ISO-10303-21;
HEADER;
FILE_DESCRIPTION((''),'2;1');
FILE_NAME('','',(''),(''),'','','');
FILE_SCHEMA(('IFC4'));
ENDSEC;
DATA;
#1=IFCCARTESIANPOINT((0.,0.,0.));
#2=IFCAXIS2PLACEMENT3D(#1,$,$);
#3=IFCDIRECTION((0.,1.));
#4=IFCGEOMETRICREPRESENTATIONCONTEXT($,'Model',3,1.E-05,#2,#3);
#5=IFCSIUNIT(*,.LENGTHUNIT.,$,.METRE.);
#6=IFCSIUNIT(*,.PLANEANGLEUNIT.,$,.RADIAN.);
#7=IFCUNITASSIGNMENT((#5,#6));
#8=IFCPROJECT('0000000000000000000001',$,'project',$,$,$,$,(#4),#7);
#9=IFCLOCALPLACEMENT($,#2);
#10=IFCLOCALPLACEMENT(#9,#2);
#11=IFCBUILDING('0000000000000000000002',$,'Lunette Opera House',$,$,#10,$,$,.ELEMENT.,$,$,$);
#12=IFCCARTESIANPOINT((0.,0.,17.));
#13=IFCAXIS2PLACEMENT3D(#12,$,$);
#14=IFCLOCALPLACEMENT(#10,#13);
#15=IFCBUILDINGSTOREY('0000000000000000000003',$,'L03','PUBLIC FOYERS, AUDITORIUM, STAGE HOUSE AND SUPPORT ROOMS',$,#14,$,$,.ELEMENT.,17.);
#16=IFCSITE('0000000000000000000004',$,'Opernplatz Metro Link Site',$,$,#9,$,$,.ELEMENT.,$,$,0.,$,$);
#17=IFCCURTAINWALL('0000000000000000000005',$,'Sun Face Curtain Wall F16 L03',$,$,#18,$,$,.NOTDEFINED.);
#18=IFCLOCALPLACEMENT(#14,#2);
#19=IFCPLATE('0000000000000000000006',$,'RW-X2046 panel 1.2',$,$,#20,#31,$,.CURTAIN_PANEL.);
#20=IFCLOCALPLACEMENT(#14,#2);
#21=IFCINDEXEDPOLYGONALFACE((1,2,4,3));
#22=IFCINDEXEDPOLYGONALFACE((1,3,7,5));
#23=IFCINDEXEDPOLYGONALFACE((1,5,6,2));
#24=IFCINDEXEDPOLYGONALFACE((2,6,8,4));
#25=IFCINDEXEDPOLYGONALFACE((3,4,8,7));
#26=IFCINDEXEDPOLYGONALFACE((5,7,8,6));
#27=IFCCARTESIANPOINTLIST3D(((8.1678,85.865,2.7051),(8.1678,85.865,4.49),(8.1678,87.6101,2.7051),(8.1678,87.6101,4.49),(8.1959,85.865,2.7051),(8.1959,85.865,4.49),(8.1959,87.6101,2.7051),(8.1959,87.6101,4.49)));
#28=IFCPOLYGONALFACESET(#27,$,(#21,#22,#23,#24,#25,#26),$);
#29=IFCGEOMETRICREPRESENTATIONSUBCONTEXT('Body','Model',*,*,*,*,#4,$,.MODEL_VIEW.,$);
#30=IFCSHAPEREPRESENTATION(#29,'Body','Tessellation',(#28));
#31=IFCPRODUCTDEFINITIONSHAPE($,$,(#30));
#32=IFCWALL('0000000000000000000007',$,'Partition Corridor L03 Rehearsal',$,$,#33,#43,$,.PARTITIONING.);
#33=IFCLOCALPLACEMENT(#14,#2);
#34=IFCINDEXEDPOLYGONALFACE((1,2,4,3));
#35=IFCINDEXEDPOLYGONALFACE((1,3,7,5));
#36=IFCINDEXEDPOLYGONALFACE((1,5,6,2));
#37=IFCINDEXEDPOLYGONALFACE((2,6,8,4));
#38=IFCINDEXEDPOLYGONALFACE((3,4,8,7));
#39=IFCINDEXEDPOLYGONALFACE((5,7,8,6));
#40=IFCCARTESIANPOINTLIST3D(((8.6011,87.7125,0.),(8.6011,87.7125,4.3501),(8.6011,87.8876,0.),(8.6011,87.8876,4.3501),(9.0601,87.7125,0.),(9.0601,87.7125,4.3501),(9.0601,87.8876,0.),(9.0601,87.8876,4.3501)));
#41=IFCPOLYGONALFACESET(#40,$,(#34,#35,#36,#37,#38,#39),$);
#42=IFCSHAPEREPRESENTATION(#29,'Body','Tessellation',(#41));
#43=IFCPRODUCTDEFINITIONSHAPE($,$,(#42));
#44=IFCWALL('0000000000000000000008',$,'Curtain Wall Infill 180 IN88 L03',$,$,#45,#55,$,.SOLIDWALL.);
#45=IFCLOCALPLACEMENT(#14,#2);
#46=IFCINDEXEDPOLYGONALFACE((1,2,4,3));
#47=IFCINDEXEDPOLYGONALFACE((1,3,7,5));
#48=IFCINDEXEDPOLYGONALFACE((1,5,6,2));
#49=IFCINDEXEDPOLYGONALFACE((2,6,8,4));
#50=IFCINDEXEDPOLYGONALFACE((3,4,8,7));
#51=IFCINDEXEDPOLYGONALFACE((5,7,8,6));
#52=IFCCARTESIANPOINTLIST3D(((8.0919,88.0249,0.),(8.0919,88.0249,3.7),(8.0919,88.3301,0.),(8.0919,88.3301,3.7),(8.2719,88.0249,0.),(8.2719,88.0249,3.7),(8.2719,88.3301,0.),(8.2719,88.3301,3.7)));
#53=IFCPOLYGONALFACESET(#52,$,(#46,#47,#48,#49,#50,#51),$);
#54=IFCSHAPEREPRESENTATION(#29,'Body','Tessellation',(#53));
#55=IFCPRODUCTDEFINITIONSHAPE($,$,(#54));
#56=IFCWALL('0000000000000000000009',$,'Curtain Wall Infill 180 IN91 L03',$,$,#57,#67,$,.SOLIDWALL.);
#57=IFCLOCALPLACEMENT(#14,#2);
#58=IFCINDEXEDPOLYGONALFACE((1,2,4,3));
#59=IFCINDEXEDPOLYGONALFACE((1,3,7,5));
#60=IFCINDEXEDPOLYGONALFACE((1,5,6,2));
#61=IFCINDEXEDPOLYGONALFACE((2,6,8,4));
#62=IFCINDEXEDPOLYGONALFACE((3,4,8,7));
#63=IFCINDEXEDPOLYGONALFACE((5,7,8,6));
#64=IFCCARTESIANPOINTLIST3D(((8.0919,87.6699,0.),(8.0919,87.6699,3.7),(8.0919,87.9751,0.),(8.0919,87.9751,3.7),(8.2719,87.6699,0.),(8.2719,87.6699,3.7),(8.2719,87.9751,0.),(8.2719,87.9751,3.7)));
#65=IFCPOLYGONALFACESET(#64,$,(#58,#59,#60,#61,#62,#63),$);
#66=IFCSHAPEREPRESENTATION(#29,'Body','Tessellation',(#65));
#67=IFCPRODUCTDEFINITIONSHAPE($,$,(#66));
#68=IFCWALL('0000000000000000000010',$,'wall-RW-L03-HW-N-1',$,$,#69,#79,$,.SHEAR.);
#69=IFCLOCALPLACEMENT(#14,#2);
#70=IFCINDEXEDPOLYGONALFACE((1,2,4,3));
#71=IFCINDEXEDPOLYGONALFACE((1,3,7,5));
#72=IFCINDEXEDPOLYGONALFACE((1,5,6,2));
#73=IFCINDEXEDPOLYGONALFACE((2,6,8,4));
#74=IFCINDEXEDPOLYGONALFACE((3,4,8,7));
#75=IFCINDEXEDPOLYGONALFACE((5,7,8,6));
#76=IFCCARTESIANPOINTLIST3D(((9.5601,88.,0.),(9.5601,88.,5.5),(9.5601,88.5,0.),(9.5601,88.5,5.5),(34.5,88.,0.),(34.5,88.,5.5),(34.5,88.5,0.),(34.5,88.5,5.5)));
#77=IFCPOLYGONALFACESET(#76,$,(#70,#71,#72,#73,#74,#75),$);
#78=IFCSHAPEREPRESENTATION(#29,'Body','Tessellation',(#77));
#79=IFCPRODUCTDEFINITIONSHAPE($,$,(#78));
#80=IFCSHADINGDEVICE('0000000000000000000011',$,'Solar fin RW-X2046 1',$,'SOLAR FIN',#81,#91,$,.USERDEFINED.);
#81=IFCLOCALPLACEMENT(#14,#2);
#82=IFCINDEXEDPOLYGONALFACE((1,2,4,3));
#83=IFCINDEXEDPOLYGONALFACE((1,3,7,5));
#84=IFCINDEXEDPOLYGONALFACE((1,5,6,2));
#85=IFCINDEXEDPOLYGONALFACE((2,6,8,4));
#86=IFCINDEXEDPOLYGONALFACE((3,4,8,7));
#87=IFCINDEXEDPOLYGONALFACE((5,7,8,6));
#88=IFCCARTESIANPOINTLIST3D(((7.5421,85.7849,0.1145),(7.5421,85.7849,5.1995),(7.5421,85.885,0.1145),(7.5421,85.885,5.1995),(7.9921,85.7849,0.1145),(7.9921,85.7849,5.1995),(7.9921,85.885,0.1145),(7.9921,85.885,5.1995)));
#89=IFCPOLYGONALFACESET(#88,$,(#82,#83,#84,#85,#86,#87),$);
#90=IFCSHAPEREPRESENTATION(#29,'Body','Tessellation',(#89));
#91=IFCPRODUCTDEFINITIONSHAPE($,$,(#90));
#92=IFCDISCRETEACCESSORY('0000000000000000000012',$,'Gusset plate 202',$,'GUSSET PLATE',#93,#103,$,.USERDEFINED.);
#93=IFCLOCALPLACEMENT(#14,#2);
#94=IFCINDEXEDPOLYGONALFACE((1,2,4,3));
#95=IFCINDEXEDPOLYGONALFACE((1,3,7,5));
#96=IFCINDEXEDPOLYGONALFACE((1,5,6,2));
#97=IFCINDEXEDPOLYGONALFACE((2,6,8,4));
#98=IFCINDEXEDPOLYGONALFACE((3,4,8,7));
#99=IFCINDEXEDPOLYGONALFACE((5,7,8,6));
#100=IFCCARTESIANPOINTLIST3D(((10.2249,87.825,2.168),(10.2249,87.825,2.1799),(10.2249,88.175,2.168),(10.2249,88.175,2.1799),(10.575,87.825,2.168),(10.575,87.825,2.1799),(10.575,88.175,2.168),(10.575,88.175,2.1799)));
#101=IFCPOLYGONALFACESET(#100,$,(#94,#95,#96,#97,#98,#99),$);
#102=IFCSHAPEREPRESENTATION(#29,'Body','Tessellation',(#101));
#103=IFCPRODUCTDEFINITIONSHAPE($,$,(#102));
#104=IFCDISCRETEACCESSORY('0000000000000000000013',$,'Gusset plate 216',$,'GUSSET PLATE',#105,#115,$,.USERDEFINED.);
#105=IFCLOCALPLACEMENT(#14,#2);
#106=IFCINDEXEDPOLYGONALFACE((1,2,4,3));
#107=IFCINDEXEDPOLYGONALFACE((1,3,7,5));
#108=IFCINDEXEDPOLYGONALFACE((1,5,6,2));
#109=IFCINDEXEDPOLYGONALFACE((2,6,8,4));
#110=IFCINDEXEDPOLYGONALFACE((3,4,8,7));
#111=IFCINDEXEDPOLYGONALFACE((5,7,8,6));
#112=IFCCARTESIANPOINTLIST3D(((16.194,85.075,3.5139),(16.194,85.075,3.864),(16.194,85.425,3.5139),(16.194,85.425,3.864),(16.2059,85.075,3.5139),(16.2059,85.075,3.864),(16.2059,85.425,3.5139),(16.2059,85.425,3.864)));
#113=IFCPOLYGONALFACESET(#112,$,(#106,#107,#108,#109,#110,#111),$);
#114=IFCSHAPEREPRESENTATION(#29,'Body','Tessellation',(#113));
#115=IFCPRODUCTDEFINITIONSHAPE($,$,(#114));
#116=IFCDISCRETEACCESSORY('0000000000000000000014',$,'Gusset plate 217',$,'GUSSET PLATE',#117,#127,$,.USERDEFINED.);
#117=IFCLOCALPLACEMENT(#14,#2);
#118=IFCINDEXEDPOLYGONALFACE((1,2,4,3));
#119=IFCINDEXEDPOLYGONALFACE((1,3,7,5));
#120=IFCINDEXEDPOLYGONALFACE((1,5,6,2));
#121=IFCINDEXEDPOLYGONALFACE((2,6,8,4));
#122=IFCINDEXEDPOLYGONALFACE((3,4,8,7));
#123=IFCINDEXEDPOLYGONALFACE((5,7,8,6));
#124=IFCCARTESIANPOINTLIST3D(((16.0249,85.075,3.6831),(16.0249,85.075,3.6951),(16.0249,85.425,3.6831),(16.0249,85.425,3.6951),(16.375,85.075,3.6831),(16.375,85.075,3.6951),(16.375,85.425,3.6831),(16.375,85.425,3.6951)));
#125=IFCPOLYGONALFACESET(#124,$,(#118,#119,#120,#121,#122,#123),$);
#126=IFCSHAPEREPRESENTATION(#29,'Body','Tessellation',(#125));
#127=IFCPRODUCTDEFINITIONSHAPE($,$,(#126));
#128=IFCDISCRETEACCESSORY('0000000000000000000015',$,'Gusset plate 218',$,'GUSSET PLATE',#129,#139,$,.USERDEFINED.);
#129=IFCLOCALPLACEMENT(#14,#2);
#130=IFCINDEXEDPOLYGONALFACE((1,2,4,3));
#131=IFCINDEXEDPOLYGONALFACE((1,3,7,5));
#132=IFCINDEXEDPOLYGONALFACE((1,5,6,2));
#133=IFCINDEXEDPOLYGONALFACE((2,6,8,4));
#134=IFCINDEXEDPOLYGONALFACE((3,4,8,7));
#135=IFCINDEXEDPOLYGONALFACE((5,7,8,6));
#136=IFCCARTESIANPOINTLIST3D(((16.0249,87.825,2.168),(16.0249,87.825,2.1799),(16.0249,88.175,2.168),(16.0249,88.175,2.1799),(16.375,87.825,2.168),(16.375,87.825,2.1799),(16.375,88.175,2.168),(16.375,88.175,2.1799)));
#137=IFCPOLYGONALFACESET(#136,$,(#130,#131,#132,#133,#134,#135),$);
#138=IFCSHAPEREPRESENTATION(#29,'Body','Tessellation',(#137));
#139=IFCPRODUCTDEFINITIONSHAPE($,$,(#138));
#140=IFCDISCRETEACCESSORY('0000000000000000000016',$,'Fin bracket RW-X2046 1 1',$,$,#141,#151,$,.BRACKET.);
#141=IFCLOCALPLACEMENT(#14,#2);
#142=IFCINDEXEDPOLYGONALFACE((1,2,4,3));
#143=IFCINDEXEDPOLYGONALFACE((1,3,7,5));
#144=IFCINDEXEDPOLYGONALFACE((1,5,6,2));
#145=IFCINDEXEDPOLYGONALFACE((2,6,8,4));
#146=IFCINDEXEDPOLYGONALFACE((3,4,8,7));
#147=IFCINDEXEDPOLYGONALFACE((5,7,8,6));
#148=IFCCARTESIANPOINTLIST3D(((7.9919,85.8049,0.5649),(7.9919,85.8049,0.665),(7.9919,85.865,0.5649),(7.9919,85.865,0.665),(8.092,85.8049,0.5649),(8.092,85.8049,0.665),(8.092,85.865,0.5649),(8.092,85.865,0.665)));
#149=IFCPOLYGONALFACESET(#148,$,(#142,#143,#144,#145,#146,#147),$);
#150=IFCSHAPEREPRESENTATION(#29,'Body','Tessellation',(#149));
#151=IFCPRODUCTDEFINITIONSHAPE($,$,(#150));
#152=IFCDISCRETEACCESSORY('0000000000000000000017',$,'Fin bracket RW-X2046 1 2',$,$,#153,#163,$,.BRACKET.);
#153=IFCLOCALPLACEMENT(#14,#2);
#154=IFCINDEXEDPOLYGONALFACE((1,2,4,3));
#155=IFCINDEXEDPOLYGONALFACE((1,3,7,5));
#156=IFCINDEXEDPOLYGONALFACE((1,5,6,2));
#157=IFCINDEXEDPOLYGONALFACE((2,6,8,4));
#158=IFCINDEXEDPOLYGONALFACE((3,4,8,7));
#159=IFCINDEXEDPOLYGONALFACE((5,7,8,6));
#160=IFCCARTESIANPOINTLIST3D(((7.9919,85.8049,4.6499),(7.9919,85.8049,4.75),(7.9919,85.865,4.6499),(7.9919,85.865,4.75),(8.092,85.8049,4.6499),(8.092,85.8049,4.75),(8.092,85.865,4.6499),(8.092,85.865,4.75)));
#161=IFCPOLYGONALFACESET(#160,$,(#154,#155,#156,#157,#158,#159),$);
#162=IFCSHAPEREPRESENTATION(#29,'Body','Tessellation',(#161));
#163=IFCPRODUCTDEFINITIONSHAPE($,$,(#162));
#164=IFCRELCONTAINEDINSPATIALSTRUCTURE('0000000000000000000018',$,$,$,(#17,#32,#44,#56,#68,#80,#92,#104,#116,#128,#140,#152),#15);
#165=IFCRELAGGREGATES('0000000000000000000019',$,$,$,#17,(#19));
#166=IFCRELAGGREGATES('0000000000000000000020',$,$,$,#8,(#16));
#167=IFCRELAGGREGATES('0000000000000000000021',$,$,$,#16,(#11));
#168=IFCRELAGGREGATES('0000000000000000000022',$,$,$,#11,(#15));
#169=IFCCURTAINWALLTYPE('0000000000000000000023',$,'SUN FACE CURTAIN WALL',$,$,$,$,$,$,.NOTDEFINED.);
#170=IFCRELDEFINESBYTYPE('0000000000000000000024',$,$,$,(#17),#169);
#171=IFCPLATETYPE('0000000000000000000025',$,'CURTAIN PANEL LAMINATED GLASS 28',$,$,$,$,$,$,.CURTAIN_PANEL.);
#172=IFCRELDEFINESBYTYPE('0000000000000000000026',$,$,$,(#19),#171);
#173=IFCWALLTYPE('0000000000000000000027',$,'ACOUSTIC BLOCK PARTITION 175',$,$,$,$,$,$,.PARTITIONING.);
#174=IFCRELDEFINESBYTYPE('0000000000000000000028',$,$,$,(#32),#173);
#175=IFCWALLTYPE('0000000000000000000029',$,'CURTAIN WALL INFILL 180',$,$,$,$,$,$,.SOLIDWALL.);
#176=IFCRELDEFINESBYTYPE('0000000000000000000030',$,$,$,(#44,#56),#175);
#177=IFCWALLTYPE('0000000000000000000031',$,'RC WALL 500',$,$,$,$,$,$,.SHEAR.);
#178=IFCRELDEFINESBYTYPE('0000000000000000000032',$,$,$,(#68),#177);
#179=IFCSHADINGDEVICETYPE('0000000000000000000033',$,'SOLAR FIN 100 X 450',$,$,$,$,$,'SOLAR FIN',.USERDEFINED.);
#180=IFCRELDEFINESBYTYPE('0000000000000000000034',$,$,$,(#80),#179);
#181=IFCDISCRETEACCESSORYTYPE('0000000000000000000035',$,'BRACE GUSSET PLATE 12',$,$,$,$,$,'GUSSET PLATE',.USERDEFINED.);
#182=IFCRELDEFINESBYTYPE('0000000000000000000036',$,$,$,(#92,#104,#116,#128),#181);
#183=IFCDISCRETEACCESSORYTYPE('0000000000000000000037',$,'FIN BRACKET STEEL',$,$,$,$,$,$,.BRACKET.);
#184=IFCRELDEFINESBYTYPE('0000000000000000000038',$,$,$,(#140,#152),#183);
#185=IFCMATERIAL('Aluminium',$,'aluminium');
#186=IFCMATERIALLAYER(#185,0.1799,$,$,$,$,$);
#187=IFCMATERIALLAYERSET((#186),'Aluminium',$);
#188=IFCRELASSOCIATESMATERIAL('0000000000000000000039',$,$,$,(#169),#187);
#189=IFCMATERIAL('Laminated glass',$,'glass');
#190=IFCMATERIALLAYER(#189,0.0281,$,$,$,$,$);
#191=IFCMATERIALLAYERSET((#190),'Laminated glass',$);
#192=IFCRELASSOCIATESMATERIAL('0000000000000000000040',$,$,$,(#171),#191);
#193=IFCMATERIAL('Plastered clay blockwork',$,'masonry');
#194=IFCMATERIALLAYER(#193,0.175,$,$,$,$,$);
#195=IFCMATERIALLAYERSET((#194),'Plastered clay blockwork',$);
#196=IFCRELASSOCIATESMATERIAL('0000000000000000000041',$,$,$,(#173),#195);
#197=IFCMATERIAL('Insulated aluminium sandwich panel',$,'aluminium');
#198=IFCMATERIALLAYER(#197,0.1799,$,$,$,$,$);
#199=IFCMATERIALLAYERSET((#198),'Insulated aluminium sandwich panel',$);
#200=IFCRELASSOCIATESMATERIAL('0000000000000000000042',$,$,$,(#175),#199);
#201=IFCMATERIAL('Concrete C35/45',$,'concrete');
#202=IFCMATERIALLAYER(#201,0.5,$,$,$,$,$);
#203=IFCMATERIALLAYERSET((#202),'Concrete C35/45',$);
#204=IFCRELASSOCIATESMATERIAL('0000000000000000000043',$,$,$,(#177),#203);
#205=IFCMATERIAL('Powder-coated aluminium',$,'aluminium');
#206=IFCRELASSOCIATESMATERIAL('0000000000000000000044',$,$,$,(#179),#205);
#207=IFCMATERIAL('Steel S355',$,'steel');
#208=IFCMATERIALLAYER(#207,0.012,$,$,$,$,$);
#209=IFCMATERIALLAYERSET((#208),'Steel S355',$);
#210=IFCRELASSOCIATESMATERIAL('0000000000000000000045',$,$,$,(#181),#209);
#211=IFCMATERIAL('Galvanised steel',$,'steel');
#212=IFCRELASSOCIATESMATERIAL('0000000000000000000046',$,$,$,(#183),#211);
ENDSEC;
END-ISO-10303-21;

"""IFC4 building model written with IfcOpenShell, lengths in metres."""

from ifc_helpers import new_model, si_unit, direction, frame, frame_2d, origin, origin_2d, place, context, subcontext, project, spatial, rectangle, extrude, material, layer, layer_set, type_object, element, aggregate, save


model = new_model("IFC4")

# Units and contexts
model_context = context("Model", 3, precision=1e-05, world=origin(), true_north=direction((0.0, 1.0)))
body_context = subcontext(model_context, "Body", "Model", "MODEL_VIEW")
ifc_project = project(units=[si_unit("LENGTHUNIT", "METRE"), si_unit("PLANEANGLEUNIT", "RADIAN")], contexts=[model_context])

# Site, building, storey
site_placement = place(None, origin())
site = spatial("IfcSite", under=ifc_project, at=site_placement, Name="Opernplatz Metro Link Site", CompositionType="ELEMENT", RefElevation=0.0)
building_placement = place(site_placement, origin())
building = spatial("IfcBuilding", under=site, at=building_placement, Name="Lunette Opera House", CompositionType="ELEMENT")
storey_placement = place(building_placement, frame((0.0, 0.0, 17.0)))
storey = spatial("IfcBuildingStorey", under=building, at=storey_placement, Name="L03", Description="PUBLIC FOYERS, AUDITORIUM, STAGE HOUSE AND SUPPORT ROOMS", CompositionType="ELEMENT", Elevation=17.0)

# Shared definitions
ifc_material_1 = material(Name="Aluminium", Category="aluminium")
ifc_layer_1 = layer(ifc_material_1, 0.1799)
ifc_layer_set_1 = layer_set([ifc_layer_1], Name="Aluminium")
curtain_wall_type = type_object("IfcCurtainWallType", Name="SUN FACE CURTAIN WALL", PredefinedType="NOTDEFINED", material=ifc_layer_set_1)

# Curtain wall
curtain_wall_1_placement = place(storey_placement, origin())
curtain_wall_1 = element("IfcCurtainWall", 1, at=curtain_wall_1_placement, inside=storey, type_object=curtain_wall_type, Name="Sun Face Curtain Wall F16 L03", PredefinedType="NOTDEFINED")

# Plate
ifc_material_2 = material(Name="Laminated glass", Category="glass")
ifc_layer_2 = layer(ifc_material_2, 0.0281)
ifc_layer_set_2 = layer_set([ifc_layer_2], Name="Laminated glass")
plate_type = type_object("IfcPlateType", Name="CURTAIN PANEL LAMINATED GLASS 28", PredefinedType="CURTAIN_PANEL", material=ifc_layer_set_2)
plate_1_placement = place(storey_placement, frame((8.1819, 86.7375, 2.7051), z_axis=(0.0, 0.0, 1.0), x_axis=(0.0, -1.0, 0.0)))
plate_1 = element("IfcPlate", 2, at=plate_1_placement, type_object=plate_type, Name="RW-X2046 panel 1.2", PredefinedType="CURTAIN_PANEL", context=body_context, shape_type="SweptSolid", body=[
    extrude(rectangle(XDim=1.7451, YDim=0.0281, at=origin_2d()), origin(), (0.0, 0.0, 1.0), 1.7849),
])
aggregate(curtain_wall_1, [plate_1])

# Walls
ifc_material_3 = material(Name="Plastered clay blockwork", Category="masonry")
ifc_layer_3 = layer(ifc_material_3, 0.175)
ifc_layer_set_3 = layer_set([ifc_layer_3], Name="Plastered clay blockwork")
wall_type_1 = type_object("IfcWallType", Name="ACOUSTIC BLOCK PARTITION 175", PredefinedType="PARTITIONING", material=ifc_layer_set_3)
wall_1_placement = place(storey_placement, frame((8.6011, 87.8, 0.0), z_axis=(0.0, 0.0, 1.0), x_axis=(1.0, 0.0, 0.0)))
element("IfcWall", 3, at=wall_1_placement, inside=storey, type_object=wall_type_1, Name="Partition Corridor L03 Rehearsal", PredefinedType="PARTITIONING", context=body_context, shape_type="SweptSolid", body=[
    extrude(rectangle(XDim=0.459, YDim=0.175, at=frame_2d((0.2295, 0.0))), origin(), (0.0, 0.0, 1.0), 4.3501),
])
ifc_material_4 = material(Name="Insulated aluminium sandwich panel", Category="aluminium")
ifc_layer_4 = layer(ifc_material_4, 0.1799)
ifc_layer_set_4 = layer_set([ifc_layer_4], Name="Insulated aluminium sandwich panel")
wall_type_2 = type_object("IfcWallType", Name="CURTAIN WALL INFILL 180", PredefinedType="SOLIDWALL", material=ifc_layer_set_4)
for number, where, z_axis, x_axis, name in (
    (4, (8.1819, 88.3301, 0.0), (0.0, 0.0, 1.0), (0.0, -1.0, 0.0), "Curtain Wall Infill 180 IN88 L03"),
    (5, (8.1819, 87.6699, 0.0), (0.0, 0.0, 1.0), (0.0, 1.0, 0.0), "Curtain Wall Infill 180 IN91 L03"),
):
    element("IfcWall", number, at=place(storey_placement, frame(where, z_axis=z_axis, x_axis=x_axis)), inside=storey, type_object=wall_type_2, Name=name, PredefinedType="SOLIDWALL", context=body_context, shape_type="SweptSolid", body=[
        extrude(rectangle(XDim=0.3052, YDim=0.1799, at=frame_2d((0.1526, 0.0))), origin(), (0.0, 0.0, 1.0), 3.7),
    ])
ifc_material_5 = material(Name="Concrete C35/45", Category="concrete")
ifc_layer_5 = layer(ifc_material_5, 0.5)
ifc_layer_set_5 = layer_set([ifc_layer_5], Name="Concrete C35/45")
wall_type_3 = type_object("IfcWallType", Name="RC WALL 500", PredefinedType="SHEAR", material=ifc_layer_set_5)
wall_2_placement = place(storey_placement, frame((9.5601, 88.25, 0.0), z_axis=(0.0, 0.0, 1.0), x_axis=(1.0, 0.0, 0.0)))
element("IfcWall", 6, at=wall_2_placement, inside=storey, type_object=wall_type_3, Name="wall-RW-L03-HW-N-1", PredefinedType="SHEAR", context=body_context, shape_type="SweptSolid", body=[
    extrude(rectangle(XDim=24.9399, YDim=0.5, at=frame_2d((12.47, 0.0))), origin(), (0.0, 0.0, 1.0), 5.5),
])

# Shading device
ifc_material_6 = material(Name="Powder-coated aluminium", Category="aluminium")
shading_device_type = type_object("IfcShadingDeviceType", Name="SOLAR FIN 100 X 450", ElementType="SOLAR FIN", PredefinedType="USERDEFINED", material=ifc_material_6)
shading_device_placement = place(storey_placement, frame((7.7671, 85.835, 0.1145), z_axis=(0.0, 0.0, 1.0), x_axis=(-1.0, 0.0, 0.0)))
element("IfcShadingDevice", 7, at=shading_device_placement, inside=storey, type_object=shading_device_type, Name="Solar fin RW-X2046 1", ObjectType="SOLAR FIN", PredefinedType="USERDEFINED", context=body_context, shape_type="SweptSolid", body=[
    extrude(rectangle(XDim=0.45, YDim=0.1001, at=origin_2d()), origin(), (0.0, 0.0, 1.0), 5.085),
])

# Discrete accessories
ifc_material_7 = material(Name="Steel S355", Category="steel")
ifc_layer_6 = layer(ifc_material_7, 0.012)
ifc_layer_set_6 = layer_set([ifc_layer_6], Name="Steel S355")
discrete_accessory_type_1 = type_object("IfcDiscreteAccessoryType", Name="BRACE GUSSET PLATE 12", ElementType="GUSSET PLATE", PredefinedType="USERDEFINED", material=ifc_layer_set_6)
discrete_accessory_1_placement = place(storey_placement, frame((10.3999, 88.0, 2.168), z_axis=(0.0, 0.0, 1.0), x_axis=(0.0, 1.0, 0.0)))
element("IfcDiscreteAccessory", 8, at=discrete_accessory_1_placement, inside=storey, type_object=discrete_accessory_type_1, Name="Gusset plate 202", ObjectType="GUSSET PLATE", PredefinedType="USERDEFINED", context=body_context, shape_type="SweptSolid", body=[
    extrude(rectangle(XDim=0.3501, YDim=0.3501, at=origin_2d()), origin(), (0.0, 0.0, 1.0), 0.012),
])
discrete_accessory_2_placement = place(storey_placement, frame((16.2, 85.25, 3.5139), z_axis=(0.0, 0.0, 1.0), x_axis=(0.0, 1.0, 0.0)))
element("IfcDiscreteAccessory", 9, at=discrete_accessory_2_placement, inside=storey, type_object=discrete_accessory_type_1, Name="Gusset plate 216", ObjectType="GUSSET PLATE", PredefinedType="USERDEFINED", context=body_context, shape_type="SweptSolid", body=[
    extrude(rectangle(XDim=0.3501, YDim=0.012, at=origin_2d()), origin(), (0.0, 0.0, 1.0), 0.3501),
])
for number, where, z_axis, x_axis, name in (
    (10, (16.2, 85.25, 3.6831), (0.0, 0.0, 1.0), (0.0, 1.0, 0.0), "Gusset plate 217"),
    (11, (16.2, 88.0, 2.168), (0.0, 0.0, 1.0), (0.0, 1.0, 0.0), "Gusset plate 218"),
):
    element("IfcDiscreteAccessory", number, at=place(storey_placement, frame(where, z_axis=z_axis, x_axis=x_axis)), inside=storey, type_object=discrete_accessory_type_1, Name=name, ObjectType="GUSSET PLATE", PredefinedType="USERDEFINED", context=body_context, shape_type="SweptSolid", body=[
        extrude(rectangle(XDim=0.3501, YDim=0.3501, at=origin_2d()), origin(), (0.0, 0.0, 1.0), 0.012),
    ])
ifc_material_8 = material(Name="Galvanised steel", Category="steel")
discrete_accessory_type_2 = type_object("IfcDiscreteAccessoryType", Name="FIN BRACKET STEEL", PredefinedType="BRACKET", material=ifc_material_8)
for number, where, z_axis, x_axis, name in (
    (12, (8.042, 85.835, 0.5649), (0.0, 0.0, 1.0), (-1.0, 0.0, 0.0), "Fin bracket RW-X2046 1 1"),
    (13, (8.042, 85.835, 4.6499), (0.0, 0.0, 1.0), (-1.0, 0.0, 0.0), "Fin bracket RW-X2046 1 2"),
):
    element("IfcDiscreteAccessory", number, at=place(storey_placement, frame(where, z_axis=z_axis, x_axis=x_axis)), inside=storey, type_object=discrete_accessory_type_2, Name=name, PredefinedType="BRACKET", context=body_context, shape_type="SweptSolid", body=[
        extrude(rectangle(XDim=0.1001, YDim=0.0601, at=origin_2d()), origin(), (0.0, 0.0, 1.0), 0.1001),
    ])

save(model, "model.ifc")
